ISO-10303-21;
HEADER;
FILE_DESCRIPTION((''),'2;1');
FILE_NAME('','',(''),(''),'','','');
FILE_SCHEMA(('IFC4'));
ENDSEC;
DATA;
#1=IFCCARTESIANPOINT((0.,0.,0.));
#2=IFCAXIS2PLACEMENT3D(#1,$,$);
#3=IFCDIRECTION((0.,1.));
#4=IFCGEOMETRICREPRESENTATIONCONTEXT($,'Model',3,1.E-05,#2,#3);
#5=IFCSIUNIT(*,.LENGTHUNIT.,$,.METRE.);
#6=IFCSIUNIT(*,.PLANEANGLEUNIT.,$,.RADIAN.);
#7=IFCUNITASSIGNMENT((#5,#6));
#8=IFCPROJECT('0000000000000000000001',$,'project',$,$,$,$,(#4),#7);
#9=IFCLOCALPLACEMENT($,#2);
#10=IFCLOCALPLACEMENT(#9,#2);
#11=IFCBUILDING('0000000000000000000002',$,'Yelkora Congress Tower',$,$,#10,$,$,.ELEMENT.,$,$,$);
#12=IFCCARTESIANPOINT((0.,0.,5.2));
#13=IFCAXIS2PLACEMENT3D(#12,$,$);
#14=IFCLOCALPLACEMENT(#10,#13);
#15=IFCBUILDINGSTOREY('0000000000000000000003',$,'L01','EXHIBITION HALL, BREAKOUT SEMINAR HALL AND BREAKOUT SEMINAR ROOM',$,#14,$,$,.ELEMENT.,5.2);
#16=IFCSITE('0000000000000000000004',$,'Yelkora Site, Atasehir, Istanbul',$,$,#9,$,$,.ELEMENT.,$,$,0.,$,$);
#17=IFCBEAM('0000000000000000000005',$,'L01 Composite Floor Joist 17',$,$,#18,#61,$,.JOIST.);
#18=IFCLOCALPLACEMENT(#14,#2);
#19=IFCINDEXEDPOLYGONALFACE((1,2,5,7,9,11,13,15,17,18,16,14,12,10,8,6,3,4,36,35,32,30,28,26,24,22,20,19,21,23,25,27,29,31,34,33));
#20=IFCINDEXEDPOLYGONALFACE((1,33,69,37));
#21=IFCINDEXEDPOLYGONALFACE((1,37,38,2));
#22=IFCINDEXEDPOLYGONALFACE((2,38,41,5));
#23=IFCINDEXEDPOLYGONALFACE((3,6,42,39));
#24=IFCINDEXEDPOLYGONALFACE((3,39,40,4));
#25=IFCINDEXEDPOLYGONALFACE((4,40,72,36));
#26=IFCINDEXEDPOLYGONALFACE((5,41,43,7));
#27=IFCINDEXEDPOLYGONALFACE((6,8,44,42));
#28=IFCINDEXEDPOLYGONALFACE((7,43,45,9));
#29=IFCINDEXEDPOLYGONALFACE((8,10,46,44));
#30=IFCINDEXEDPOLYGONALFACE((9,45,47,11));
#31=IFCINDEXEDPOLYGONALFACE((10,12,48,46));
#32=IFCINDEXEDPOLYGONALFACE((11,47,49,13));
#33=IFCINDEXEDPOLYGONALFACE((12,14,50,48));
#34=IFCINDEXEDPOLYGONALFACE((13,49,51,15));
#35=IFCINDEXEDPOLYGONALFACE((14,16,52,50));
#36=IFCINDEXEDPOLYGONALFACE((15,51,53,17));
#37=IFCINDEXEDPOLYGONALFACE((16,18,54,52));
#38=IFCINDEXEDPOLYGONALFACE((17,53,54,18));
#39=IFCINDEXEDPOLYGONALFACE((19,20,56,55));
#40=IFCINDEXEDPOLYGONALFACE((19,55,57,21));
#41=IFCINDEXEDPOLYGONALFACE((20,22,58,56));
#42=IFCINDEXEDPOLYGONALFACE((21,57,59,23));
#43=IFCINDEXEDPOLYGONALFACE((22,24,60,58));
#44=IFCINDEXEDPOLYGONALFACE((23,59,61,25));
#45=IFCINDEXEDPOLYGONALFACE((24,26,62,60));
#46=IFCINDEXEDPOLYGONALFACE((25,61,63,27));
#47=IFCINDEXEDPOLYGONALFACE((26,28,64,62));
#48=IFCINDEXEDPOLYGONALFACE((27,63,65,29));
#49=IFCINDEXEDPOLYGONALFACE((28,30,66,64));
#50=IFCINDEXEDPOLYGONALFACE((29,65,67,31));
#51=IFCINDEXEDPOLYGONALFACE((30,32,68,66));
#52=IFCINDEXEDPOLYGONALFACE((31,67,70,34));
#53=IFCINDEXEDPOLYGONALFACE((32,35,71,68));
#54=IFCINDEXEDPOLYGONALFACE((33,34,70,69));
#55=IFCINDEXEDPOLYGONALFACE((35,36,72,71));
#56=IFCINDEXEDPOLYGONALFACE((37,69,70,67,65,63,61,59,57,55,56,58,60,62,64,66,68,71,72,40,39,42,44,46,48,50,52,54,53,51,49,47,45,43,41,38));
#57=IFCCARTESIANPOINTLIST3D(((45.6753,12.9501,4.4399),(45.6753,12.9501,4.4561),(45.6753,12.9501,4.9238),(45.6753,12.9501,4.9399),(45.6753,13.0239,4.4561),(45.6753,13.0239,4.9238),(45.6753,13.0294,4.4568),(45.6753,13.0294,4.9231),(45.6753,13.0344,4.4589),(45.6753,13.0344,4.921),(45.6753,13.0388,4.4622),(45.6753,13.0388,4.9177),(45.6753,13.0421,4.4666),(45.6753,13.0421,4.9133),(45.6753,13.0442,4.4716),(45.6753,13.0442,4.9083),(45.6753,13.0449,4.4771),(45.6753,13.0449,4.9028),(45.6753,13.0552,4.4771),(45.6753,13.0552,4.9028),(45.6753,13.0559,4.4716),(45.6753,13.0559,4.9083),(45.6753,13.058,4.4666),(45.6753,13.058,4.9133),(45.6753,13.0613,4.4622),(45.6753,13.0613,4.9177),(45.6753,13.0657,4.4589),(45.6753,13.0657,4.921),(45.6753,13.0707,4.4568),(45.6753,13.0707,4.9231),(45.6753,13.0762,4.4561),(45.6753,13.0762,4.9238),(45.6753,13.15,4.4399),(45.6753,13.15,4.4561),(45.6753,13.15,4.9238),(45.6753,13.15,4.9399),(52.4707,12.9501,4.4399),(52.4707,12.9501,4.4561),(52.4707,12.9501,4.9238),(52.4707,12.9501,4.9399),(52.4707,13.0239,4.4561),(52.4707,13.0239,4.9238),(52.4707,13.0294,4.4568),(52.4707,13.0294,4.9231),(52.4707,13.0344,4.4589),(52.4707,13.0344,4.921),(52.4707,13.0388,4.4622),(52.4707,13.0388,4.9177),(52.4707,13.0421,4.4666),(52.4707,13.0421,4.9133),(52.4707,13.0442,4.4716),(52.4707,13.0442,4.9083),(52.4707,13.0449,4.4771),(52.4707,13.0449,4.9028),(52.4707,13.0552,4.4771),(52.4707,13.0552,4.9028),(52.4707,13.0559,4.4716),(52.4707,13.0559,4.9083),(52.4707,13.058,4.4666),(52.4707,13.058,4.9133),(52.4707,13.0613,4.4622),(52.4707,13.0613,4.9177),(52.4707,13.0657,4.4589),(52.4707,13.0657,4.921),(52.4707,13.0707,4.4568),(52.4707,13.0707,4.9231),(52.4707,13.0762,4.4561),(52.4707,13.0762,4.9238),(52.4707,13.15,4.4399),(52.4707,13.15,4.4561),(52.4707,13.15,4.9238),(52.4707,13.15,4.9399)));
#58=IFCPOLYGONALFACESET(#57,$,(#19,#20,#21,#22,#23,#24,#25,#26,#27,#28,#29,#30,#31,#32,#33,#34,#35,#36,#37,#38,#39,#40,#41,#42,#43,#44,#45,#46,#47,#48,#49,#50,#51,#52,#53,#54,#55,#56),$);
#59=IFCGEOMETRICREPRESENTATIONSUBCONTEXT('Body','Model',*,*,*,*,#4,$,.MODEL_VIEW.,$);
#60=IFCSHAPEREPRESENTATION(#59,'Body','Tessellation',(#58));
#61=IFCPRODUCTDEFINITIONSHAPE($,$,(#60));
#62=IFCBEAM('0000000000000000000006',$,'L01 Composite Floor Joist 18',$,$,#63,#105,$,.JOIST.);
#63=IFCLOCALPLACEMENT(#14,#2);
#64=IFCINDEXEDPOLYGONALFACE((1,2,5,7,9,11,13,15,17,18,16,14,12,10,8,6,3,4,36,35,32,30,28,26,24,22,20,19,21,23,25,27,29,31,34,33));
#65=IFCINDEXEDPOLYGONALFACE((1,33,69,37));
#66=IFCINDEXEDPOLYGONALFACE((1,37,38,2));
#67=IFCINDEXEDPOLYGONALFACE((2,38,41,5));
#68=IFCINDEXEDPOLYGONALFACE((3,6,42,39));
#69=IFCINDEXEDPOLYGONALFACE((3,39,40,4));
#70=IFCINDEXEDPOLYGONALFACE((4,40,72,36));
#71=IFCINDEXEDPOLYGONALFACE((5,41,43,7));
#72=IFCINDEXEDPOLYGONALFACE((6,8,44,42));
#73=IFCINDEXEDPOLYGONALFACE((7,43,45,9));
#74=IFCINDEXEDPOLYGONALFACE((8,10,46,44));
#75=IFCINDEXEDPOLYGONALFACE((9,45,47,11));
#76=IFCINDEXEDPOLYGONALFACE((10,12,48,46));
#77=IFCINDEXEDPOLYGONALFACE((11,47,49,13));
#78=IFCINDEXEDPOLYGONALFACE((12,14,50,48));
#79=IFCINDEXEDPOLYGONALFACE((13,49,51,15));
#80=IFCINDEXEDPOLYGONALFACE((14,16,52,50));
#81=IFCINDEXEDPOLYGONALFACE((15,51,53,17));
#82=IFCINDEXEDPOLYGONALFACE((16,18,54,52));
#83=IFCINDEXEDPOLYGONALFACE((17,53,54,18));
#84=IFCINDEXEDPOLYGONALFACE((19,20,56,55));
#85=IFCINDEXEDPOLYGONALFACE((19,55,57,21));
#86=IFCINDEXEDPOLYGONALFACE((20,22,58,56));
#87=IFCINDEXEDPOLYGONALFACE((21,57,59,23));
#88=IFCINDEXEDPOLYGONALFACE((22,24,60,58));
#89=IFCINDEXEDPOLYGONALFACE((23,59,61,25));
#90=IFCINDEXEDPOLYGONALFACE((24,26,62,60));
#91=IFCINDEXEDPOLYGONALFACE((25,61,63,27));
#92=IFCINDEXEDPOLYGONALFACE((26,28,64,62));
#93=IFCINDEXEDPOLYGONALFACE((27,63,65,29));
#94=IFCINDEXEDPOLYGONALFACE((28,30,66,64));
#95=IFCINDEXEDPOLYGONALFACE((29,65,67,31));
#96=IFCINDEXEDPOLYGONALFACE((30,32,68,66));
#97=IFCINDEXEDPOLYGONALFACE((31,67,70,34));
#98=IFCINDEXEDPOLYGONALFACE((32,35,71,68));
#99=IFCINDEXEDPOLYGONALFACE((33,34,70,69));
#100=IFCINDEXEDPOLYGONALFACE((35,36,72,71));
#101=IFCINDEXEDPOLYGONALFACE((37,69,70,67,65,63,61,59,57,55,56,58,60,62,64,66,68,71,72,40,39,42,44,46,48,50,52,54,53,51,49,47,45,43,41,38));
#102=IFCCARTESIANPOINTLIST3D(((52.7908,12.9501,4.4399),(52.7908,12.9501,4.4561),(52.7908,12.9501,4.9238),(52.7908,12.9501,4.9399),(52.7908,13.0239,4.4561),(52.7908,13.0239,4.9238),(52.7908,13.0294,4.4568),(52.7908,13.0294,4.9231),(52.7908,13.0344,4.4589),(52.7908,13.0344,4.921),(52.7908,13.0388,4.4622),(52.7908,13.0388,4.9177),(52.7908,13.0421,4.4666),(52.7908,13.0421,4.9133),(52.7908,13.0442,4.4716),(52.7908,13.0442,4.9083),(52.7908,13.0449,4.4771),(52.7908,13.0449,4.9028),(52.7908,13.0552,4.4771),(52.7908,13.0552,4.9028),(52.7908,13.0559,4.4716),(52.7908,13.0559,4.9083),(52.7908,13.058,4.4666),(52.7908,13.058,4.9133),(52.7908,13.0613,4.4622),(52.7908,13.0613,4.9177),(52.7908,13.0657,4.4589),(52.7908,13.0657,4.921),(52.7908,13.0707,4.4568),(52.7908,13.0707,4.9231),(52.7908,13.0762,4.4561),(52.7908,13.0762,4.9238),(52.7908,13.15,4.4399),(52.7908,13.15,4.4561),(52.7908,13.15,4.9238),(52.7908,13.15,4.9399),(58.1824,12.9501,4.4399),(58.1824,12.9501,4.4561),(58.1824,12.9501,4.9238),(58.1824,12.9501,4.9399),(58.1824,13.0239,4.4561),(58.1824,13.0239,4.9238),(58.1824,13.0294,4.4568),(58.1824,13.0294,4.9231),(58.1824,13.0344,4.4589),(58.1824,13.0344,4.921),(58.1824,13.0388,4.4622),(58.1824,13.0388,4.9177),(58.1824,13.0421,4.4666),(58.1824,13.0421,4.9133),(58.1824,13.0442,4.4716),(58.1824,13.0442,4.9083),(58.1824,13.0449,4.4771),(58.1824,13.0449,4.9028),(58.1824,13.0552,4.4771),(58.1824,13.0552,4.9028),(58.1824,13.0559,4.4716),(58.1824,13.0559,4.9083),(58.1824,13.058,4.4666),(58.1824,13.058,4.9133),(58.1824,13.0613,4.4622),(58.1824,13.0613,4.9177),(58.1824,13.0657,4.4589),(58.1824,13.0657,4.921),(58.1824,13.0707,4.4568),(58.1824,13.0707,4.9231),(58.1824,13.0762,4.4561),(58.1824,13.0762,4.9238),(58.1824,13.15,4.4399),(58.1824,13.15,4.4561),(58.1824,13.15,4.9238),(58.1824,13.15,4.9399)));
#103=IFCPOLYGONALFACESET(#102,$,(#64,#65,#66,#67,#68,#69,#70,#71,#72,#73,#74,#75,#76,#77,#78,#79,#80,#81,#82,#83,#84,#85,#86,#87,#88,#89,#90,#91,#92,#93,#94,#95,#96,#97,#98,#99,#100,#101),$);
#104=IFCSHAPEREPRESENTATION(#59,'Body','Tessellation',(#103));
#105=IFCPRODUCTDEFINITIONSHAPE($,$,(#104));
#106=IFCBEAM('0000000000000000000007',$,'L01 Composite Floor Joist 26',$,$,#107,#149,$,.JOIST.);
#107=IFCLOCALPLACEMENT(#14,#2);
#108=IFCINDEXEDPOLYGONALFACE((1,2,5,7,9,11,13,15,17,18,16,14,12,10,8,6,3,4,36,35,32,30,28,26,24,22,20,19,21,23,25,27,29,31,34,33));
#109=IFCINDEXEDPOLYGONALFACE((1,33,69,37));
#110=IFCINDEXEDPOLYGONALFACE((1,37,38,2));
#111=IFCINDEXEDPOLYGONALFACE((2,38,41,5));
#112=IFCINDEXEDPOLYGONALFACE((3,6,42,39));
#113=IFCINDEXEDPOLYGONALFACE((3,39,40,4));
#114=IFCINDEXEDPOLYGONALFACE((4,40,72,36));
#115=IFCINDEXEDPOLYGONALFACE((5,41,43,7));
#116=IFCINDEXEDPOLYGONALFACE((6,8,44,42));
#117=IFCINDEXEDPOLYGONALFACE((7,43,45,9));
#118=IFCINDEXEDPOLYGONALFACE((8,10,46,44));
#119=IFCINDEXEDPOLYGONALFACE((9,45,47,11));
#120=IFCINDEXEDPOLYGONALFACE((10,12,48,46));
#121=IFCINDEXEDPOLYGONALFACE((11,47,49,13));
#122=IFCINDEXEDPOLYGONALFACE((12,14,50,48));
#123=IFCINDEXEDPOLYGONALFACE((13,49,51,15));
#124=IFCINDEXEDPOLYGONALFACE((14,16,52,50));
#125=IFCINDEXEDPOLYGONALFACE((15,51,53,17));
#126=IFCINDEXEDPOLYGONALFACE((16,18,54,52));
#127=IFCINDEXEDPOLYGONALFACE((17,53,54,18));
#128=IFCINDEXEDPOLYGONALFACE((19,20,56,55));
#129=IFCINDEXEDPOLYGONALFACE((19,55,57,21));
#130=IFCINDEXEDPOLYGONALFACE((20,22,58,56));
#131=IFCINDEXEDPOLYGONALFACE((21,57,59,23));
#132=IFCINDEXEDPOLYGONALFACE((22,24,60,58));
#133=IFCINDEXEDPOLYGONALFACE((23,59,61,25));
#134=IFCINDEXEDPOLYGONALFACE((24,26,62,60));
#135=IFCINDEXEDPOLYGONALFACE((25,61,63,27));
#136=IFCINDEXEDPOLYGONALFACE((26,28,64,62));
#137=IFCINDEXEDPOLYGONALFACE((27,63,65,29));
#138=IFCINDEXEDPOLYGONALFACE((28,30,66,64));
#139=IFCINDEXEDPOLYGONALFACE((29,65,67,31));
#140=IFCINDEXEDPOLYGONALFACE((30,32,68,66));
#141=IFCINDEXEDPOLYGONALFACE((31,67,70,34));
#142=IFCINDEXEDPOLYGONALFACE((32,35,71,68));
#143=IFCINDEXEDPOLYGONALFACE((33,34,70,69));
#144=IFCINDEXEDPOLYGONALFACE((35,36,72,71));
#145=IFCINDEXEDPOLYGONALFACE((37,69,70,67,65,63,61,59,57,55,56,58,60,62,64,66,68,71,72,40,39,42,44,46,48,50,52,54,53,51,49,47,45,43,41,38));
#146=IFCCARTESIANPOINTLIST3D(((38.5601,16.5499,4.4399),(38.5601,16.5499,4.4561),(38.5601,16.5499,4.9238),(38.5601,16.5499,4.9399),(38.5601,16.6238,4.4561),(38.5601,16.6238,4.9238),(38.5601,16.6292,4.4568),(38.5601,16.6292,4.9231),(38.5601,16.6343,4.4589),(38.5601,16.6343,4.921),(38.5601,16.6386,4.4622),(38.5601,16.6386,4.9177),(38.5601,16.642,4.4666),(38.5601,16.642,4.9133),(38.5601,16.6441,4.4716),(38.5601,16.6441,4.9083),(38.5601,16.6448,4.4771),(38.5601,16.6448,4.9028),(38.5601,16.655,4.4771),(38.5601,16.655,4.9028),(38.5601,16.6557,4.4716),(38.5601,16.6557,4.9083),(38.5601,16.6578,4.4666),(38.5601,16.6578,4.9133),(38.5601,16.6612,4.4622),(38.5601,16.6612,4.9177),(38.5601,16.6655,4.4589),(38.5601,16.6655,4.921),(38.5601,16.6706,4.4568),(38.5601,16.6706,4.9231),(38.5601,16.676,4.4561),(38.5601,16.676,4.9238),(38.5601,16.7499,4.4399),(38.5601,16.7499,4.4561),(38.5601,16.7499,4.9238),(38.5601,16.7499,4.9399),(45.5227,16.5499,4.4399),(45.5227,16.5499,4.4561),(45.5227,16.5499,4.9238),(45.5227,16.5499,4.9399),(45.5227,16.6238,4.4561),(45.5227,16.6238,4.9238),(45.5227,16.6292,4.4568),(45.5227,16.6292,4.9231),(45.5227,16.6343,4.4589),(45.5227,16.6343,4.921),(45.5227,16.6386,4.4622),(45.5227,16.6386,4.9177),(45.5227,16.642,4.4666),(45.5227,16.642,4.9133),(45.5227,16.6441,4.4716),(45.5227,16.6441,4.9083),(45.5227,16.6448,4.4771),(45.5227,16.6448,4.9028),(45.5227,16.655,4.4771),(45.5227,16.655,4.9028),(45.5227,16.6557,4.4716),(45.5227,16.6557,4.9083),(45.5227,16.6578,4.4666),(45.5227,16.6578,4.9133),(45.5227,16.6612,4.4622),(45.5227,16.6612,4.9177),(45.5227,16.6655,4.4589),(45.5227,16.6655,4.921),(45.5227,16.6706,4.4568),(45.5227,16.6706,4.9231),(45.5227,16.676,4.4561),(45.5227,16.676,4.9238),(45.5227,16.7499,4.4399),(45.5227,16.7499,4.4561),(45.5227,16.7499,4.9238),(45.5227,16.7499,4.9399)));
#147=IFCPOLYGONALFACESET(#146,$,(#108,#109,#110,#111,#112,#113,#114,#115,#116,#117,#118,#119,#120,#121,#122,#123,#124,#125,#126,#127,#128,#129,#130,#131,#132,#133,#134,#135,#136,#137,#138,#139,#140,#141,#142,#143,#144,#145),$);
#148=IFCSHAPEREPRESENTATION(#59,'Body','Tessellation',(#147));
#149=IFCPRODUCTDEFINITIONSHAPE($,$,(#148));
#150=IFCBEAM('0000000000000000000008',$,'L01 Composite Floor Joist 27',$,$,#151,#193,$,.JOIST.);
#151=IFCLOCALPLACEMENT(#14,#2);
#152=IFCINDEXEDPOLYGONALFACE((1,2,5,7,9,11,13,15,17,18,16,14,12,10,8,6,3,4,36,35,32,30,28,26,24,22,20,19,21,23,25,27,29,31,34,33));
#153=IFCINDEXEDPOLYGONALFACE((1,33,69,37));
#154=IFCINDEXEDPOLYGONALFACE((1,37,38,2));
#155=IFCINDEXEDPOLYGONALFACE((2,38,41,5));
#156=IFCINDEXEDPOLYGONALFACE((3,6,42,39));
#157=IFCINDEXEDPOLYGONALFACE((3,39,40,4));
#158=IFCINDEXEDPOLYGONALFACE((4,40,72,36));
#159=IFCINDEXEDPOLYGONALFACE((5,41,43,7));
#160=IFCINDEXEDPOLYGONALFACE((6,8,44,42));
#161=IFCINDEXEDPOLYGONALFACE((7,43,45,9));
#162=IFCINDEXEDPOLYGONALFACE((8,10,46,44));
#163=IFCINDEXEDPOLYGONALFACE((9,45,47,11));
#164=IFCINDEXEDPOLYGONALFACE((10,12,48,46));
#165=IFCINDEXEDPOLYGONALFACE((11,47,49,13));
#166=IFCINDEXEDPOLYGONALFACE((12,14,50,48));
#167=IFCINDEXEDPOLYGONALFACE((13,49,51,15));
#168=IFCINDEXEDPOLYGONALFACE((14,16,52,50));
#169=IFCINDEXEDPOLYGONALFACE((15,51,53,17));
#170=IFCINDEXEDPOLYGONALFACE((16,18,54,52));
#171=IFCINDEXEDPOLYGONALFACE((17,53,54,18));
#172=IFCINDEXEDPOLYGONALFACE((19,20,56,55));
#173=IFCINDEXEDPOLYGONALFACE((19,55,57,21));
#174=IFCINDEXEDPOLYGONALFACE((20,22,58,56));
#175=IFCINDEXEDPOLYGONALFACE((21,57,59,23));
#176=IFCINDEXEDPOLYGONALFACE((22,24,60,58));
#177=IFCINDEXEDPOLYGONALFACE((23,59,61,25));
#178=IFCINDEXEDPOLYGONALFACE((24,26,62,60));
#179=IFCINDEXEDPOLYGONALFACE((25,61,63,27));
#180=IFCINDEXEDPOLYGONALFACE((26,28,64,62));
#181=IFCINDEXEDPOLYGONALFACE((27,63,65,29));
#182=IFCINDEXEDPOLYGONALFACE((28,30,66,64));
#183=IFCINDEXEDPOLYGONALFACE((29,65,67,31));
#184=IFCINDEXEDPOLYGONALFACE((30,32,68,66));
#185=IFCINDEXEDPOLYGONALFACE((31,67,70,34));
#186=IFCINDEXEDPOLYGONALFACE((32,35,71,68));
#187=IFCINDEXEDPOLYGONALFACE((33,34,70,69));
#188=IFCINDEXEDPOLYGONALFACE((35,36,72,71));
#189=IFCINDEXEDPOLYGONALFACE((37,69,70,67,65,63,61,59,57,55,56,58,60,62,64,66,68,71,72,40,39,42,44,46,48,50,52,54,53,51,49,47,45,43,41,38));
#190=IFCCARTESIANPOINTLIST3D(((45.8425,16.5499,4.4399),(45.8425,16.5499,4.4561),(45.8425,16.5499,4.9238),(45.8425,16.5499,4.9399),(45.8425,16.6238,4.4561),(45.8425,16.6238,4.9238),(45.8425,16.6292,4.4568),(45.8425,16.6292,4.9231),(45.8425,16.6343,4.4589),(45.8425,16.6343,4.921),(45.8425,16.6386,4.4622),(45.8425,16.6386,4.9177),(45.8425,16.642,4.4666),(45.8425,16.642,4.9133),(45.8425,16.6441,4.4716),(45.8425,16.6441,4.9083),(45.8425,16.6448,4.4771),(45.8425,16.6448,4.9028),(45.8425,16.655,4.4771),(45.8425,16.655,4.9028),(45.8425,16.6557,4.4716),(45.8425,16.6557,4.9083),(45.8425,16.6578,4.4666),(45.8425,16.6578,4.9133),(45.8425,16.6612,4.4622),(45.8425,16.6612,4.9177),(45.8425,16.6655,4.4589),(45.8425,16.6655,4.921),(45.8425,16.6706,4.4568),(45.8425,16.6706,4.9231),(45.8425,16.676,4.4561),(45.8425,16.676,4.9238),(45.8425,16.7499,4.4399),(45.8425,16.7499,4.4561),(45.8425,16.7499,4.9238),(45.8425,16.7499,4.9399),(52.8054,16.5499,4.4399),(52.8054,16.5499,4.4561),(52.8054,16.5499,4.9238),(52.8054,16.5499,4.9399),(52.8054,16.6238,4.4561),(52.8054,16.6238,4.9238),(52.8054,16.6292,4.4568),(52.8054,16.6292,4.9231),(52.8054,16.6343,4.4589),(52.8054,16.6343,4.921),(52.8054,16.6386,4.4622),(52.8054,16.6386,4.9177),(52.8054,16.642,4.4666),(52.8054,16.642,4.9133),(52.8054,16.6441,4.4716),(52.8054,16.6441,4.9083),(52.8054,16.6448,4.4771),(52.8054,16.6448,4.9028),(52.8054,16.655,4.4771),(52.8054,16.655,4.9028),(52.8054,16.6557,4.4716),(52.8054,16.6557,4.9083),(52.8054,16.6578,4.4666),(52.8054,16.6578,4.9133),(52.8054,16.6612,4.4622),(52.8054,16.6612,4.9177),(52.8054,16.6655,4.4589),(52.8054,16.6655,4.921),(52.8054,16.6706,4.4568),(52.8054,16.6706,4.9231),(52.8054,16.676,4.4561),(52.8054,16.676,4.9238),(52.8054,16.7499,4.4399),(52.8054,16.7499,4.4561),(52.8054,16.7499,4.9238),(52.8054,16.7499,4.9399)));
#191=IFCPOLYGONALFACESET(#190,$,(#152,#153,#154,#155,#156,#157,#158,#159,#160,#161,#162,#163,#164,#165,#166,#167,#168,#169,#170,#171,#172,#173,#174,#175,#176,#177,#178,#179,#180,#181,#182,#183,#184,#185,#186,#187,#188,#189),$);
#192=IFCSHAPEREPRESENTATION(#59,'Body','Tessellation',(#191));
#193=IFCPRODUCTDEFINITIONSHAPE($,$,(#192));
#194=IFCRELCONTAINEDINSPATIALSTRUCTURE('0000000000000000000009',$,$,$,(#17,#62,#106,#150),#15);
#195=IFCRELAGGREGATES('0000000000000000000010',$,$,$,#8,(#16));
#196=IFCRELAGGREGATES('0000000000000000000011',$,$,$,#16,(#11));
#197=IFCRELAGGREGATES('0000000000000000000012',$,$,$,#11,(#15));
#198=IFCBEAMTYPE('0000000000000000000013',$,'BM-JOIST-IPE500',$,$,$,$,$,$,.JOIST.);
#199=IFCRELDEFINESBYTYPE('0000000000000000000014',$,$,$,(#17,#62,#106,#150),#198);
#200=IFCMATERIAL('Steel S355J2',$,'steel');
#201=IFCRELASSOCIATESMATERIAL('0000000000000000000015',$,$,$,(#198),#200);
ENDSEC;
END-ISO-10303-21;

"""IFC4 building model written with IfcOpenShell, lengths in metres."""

from ifc_helpers import new_model, si_unit, direction, frame, origin, origin_2d, place, context, subcontext, project, spatial, i_section, extrude, material, material_profile, profile_set, type_object, element, save


model = new_model("IFC4")

# Units and contexts
model_context = context("Model", 3, precision=1e-05, world=origin(), true_north=direction((0.0, 1.0)))
body_context = subcontext(model_context, "Body", "Model", "MODEL_VIEW")
ifc_project = project(units=[si_unit("LENGTHUNIT", "METRE"), si_unit("PLANEANGLEUNIT", "RADIAN")], contexts=[model_context])

# Site, building, storey
site_placement = place(None, origin())
site = spatial("IfcSite", under=ifc_project, at=site_placement, Name="Yelkora Site, Atasehir, Istanbul", CompositionType="ELEMENT", RefElevation=0.0)
building_placement = place(site_placement, origin())
building = spatial("IfcBuilding", under=site, at=building_placement, Name="Yelkora Congress Tower", CompositionType="ELEMENT")
storey_placement = place(building_placement, frame((0.0, 0.0, 5.2)))
storey = spatial("IfcBuildingStorey", under=building, at=storey_placement, Name="L01", Description="EXHIBITION HALL, BREAKOUT SEMINAR HALL AND BREAKOUT SEMINAR ROOM", CompositionType="ELEMENT", Elevation=5.2)

# Beams
ifc_material_1 = material(Name="Steel S355J2", Category="steel")
ifc_material_profile_1 = material_profile(ifc_material_1, i_section(OverallWidth=0.2, OverallDepth=0.5, WebThickness=0.0103, FlangeThickness=0.0161, FilletRadius=0.021, at=origin_2d()), Name="IPE 500")
ifc_profile_set_1 = profile_set([ifc_material_profile_1], Name="Steel S355J2")
beam_type_1 = type_object("IfcBeamType", Name="BM-JOIST-IPE500", PredefinedType="JOIST", material=ifc_profile_set_1)
beam_1_placement = place(storey_placement, frame((45.6753, 13.05, 4.6899), z_axis=(1.0, 0.0, 0.0), x_axis=(0.0, 1.0, 0.0)))
element("IfcBeam", 1, at=beam_1_placement, inside=storey, type_object=beam_type_1, Name="L01 Composite Floor Joist 17", PredefinedType="JOIST", context=body_context, shape_type="SweptSolid", body=[
    extrude(i_section(OverallWidth=0.2, OverallDepth=0.5, WebThickness=0.0103, FlangeThickness=0.0161, FilletRadius=0.021, at=origin_2d()), origin(), (0.0, 0.0, 1.0), 6.7954),
])
beam_2_placement = place(storey_placement, frame((52.7908, 13.05, 4.6899), z_axis=(1.0, 0.0, 0.0), x_axis=(0.0, 1.0, 0.0)))
element("IfcBeam", 2, at=beam_2_placement, inside=storey, type_object=beam_type_1, Name="L01 Composite Floor Joist 18", PredefinedType="JOIST", context=body_context, shape_type="SweptSolid", body=[
    extrude(i_section(OverallWidth=0.2, OverallDepth=0.5, WebThickness=0.0103, FlangeThickness=0.0161, FilletRadius=0.021, at=origin_2d()), origin(), (0.0, 0.0, 1.0), 5.3916),
])
beam_3_placement = place(storey_placement, frame((38.5601, 16.6499, 4.6899), z_axis=(1.0, 0.0, 0.0), x_axis=(0.0, 1.0, 0.0)))
element("IfcBeam", 3, at=beam_3_placement, inside=storey, type_object=beam_type_1, Name="L01 Composite Floor Joist 26", PredefinedType="JOIST", context=body_context, shape_type="SweptSolid", body=[
    extrude(i_section(OverallWidth=0.2, OverallDepth=0.5, WebThickness=0.0103, FlangeThickness=0.0161, FilletRadius=0.021, at=origin_2d()), origin(), (0.0, 0.0, 1.0), 6.9626),
])
beam_4_placement = place(storey_placement, frame((45.8425, 16.6499, 4.6899), z_axis=(1.0, 0.0, 0.0), x_axis=(0.0, 1.0, 0.0)))
element("IfcBeam", 4, at=beam_4_placement, inside=storey, type_object=beam_type_1, Name="L01 Composite Floor Joist 27", PredefinedType="JOIST", context=body_context, shape_type="SweptSolid", body=[
    extrude(i_section(OverallWidth=0.2, OverallDepth=0.5, WebThickness=0.0103, FlangeThickness=0.0161, FilletRadius=0.021, at=origin_2d()), origin(), (0.0, 0.0, 1.0), 6.9629),
])

save(model, "model.ifc")
